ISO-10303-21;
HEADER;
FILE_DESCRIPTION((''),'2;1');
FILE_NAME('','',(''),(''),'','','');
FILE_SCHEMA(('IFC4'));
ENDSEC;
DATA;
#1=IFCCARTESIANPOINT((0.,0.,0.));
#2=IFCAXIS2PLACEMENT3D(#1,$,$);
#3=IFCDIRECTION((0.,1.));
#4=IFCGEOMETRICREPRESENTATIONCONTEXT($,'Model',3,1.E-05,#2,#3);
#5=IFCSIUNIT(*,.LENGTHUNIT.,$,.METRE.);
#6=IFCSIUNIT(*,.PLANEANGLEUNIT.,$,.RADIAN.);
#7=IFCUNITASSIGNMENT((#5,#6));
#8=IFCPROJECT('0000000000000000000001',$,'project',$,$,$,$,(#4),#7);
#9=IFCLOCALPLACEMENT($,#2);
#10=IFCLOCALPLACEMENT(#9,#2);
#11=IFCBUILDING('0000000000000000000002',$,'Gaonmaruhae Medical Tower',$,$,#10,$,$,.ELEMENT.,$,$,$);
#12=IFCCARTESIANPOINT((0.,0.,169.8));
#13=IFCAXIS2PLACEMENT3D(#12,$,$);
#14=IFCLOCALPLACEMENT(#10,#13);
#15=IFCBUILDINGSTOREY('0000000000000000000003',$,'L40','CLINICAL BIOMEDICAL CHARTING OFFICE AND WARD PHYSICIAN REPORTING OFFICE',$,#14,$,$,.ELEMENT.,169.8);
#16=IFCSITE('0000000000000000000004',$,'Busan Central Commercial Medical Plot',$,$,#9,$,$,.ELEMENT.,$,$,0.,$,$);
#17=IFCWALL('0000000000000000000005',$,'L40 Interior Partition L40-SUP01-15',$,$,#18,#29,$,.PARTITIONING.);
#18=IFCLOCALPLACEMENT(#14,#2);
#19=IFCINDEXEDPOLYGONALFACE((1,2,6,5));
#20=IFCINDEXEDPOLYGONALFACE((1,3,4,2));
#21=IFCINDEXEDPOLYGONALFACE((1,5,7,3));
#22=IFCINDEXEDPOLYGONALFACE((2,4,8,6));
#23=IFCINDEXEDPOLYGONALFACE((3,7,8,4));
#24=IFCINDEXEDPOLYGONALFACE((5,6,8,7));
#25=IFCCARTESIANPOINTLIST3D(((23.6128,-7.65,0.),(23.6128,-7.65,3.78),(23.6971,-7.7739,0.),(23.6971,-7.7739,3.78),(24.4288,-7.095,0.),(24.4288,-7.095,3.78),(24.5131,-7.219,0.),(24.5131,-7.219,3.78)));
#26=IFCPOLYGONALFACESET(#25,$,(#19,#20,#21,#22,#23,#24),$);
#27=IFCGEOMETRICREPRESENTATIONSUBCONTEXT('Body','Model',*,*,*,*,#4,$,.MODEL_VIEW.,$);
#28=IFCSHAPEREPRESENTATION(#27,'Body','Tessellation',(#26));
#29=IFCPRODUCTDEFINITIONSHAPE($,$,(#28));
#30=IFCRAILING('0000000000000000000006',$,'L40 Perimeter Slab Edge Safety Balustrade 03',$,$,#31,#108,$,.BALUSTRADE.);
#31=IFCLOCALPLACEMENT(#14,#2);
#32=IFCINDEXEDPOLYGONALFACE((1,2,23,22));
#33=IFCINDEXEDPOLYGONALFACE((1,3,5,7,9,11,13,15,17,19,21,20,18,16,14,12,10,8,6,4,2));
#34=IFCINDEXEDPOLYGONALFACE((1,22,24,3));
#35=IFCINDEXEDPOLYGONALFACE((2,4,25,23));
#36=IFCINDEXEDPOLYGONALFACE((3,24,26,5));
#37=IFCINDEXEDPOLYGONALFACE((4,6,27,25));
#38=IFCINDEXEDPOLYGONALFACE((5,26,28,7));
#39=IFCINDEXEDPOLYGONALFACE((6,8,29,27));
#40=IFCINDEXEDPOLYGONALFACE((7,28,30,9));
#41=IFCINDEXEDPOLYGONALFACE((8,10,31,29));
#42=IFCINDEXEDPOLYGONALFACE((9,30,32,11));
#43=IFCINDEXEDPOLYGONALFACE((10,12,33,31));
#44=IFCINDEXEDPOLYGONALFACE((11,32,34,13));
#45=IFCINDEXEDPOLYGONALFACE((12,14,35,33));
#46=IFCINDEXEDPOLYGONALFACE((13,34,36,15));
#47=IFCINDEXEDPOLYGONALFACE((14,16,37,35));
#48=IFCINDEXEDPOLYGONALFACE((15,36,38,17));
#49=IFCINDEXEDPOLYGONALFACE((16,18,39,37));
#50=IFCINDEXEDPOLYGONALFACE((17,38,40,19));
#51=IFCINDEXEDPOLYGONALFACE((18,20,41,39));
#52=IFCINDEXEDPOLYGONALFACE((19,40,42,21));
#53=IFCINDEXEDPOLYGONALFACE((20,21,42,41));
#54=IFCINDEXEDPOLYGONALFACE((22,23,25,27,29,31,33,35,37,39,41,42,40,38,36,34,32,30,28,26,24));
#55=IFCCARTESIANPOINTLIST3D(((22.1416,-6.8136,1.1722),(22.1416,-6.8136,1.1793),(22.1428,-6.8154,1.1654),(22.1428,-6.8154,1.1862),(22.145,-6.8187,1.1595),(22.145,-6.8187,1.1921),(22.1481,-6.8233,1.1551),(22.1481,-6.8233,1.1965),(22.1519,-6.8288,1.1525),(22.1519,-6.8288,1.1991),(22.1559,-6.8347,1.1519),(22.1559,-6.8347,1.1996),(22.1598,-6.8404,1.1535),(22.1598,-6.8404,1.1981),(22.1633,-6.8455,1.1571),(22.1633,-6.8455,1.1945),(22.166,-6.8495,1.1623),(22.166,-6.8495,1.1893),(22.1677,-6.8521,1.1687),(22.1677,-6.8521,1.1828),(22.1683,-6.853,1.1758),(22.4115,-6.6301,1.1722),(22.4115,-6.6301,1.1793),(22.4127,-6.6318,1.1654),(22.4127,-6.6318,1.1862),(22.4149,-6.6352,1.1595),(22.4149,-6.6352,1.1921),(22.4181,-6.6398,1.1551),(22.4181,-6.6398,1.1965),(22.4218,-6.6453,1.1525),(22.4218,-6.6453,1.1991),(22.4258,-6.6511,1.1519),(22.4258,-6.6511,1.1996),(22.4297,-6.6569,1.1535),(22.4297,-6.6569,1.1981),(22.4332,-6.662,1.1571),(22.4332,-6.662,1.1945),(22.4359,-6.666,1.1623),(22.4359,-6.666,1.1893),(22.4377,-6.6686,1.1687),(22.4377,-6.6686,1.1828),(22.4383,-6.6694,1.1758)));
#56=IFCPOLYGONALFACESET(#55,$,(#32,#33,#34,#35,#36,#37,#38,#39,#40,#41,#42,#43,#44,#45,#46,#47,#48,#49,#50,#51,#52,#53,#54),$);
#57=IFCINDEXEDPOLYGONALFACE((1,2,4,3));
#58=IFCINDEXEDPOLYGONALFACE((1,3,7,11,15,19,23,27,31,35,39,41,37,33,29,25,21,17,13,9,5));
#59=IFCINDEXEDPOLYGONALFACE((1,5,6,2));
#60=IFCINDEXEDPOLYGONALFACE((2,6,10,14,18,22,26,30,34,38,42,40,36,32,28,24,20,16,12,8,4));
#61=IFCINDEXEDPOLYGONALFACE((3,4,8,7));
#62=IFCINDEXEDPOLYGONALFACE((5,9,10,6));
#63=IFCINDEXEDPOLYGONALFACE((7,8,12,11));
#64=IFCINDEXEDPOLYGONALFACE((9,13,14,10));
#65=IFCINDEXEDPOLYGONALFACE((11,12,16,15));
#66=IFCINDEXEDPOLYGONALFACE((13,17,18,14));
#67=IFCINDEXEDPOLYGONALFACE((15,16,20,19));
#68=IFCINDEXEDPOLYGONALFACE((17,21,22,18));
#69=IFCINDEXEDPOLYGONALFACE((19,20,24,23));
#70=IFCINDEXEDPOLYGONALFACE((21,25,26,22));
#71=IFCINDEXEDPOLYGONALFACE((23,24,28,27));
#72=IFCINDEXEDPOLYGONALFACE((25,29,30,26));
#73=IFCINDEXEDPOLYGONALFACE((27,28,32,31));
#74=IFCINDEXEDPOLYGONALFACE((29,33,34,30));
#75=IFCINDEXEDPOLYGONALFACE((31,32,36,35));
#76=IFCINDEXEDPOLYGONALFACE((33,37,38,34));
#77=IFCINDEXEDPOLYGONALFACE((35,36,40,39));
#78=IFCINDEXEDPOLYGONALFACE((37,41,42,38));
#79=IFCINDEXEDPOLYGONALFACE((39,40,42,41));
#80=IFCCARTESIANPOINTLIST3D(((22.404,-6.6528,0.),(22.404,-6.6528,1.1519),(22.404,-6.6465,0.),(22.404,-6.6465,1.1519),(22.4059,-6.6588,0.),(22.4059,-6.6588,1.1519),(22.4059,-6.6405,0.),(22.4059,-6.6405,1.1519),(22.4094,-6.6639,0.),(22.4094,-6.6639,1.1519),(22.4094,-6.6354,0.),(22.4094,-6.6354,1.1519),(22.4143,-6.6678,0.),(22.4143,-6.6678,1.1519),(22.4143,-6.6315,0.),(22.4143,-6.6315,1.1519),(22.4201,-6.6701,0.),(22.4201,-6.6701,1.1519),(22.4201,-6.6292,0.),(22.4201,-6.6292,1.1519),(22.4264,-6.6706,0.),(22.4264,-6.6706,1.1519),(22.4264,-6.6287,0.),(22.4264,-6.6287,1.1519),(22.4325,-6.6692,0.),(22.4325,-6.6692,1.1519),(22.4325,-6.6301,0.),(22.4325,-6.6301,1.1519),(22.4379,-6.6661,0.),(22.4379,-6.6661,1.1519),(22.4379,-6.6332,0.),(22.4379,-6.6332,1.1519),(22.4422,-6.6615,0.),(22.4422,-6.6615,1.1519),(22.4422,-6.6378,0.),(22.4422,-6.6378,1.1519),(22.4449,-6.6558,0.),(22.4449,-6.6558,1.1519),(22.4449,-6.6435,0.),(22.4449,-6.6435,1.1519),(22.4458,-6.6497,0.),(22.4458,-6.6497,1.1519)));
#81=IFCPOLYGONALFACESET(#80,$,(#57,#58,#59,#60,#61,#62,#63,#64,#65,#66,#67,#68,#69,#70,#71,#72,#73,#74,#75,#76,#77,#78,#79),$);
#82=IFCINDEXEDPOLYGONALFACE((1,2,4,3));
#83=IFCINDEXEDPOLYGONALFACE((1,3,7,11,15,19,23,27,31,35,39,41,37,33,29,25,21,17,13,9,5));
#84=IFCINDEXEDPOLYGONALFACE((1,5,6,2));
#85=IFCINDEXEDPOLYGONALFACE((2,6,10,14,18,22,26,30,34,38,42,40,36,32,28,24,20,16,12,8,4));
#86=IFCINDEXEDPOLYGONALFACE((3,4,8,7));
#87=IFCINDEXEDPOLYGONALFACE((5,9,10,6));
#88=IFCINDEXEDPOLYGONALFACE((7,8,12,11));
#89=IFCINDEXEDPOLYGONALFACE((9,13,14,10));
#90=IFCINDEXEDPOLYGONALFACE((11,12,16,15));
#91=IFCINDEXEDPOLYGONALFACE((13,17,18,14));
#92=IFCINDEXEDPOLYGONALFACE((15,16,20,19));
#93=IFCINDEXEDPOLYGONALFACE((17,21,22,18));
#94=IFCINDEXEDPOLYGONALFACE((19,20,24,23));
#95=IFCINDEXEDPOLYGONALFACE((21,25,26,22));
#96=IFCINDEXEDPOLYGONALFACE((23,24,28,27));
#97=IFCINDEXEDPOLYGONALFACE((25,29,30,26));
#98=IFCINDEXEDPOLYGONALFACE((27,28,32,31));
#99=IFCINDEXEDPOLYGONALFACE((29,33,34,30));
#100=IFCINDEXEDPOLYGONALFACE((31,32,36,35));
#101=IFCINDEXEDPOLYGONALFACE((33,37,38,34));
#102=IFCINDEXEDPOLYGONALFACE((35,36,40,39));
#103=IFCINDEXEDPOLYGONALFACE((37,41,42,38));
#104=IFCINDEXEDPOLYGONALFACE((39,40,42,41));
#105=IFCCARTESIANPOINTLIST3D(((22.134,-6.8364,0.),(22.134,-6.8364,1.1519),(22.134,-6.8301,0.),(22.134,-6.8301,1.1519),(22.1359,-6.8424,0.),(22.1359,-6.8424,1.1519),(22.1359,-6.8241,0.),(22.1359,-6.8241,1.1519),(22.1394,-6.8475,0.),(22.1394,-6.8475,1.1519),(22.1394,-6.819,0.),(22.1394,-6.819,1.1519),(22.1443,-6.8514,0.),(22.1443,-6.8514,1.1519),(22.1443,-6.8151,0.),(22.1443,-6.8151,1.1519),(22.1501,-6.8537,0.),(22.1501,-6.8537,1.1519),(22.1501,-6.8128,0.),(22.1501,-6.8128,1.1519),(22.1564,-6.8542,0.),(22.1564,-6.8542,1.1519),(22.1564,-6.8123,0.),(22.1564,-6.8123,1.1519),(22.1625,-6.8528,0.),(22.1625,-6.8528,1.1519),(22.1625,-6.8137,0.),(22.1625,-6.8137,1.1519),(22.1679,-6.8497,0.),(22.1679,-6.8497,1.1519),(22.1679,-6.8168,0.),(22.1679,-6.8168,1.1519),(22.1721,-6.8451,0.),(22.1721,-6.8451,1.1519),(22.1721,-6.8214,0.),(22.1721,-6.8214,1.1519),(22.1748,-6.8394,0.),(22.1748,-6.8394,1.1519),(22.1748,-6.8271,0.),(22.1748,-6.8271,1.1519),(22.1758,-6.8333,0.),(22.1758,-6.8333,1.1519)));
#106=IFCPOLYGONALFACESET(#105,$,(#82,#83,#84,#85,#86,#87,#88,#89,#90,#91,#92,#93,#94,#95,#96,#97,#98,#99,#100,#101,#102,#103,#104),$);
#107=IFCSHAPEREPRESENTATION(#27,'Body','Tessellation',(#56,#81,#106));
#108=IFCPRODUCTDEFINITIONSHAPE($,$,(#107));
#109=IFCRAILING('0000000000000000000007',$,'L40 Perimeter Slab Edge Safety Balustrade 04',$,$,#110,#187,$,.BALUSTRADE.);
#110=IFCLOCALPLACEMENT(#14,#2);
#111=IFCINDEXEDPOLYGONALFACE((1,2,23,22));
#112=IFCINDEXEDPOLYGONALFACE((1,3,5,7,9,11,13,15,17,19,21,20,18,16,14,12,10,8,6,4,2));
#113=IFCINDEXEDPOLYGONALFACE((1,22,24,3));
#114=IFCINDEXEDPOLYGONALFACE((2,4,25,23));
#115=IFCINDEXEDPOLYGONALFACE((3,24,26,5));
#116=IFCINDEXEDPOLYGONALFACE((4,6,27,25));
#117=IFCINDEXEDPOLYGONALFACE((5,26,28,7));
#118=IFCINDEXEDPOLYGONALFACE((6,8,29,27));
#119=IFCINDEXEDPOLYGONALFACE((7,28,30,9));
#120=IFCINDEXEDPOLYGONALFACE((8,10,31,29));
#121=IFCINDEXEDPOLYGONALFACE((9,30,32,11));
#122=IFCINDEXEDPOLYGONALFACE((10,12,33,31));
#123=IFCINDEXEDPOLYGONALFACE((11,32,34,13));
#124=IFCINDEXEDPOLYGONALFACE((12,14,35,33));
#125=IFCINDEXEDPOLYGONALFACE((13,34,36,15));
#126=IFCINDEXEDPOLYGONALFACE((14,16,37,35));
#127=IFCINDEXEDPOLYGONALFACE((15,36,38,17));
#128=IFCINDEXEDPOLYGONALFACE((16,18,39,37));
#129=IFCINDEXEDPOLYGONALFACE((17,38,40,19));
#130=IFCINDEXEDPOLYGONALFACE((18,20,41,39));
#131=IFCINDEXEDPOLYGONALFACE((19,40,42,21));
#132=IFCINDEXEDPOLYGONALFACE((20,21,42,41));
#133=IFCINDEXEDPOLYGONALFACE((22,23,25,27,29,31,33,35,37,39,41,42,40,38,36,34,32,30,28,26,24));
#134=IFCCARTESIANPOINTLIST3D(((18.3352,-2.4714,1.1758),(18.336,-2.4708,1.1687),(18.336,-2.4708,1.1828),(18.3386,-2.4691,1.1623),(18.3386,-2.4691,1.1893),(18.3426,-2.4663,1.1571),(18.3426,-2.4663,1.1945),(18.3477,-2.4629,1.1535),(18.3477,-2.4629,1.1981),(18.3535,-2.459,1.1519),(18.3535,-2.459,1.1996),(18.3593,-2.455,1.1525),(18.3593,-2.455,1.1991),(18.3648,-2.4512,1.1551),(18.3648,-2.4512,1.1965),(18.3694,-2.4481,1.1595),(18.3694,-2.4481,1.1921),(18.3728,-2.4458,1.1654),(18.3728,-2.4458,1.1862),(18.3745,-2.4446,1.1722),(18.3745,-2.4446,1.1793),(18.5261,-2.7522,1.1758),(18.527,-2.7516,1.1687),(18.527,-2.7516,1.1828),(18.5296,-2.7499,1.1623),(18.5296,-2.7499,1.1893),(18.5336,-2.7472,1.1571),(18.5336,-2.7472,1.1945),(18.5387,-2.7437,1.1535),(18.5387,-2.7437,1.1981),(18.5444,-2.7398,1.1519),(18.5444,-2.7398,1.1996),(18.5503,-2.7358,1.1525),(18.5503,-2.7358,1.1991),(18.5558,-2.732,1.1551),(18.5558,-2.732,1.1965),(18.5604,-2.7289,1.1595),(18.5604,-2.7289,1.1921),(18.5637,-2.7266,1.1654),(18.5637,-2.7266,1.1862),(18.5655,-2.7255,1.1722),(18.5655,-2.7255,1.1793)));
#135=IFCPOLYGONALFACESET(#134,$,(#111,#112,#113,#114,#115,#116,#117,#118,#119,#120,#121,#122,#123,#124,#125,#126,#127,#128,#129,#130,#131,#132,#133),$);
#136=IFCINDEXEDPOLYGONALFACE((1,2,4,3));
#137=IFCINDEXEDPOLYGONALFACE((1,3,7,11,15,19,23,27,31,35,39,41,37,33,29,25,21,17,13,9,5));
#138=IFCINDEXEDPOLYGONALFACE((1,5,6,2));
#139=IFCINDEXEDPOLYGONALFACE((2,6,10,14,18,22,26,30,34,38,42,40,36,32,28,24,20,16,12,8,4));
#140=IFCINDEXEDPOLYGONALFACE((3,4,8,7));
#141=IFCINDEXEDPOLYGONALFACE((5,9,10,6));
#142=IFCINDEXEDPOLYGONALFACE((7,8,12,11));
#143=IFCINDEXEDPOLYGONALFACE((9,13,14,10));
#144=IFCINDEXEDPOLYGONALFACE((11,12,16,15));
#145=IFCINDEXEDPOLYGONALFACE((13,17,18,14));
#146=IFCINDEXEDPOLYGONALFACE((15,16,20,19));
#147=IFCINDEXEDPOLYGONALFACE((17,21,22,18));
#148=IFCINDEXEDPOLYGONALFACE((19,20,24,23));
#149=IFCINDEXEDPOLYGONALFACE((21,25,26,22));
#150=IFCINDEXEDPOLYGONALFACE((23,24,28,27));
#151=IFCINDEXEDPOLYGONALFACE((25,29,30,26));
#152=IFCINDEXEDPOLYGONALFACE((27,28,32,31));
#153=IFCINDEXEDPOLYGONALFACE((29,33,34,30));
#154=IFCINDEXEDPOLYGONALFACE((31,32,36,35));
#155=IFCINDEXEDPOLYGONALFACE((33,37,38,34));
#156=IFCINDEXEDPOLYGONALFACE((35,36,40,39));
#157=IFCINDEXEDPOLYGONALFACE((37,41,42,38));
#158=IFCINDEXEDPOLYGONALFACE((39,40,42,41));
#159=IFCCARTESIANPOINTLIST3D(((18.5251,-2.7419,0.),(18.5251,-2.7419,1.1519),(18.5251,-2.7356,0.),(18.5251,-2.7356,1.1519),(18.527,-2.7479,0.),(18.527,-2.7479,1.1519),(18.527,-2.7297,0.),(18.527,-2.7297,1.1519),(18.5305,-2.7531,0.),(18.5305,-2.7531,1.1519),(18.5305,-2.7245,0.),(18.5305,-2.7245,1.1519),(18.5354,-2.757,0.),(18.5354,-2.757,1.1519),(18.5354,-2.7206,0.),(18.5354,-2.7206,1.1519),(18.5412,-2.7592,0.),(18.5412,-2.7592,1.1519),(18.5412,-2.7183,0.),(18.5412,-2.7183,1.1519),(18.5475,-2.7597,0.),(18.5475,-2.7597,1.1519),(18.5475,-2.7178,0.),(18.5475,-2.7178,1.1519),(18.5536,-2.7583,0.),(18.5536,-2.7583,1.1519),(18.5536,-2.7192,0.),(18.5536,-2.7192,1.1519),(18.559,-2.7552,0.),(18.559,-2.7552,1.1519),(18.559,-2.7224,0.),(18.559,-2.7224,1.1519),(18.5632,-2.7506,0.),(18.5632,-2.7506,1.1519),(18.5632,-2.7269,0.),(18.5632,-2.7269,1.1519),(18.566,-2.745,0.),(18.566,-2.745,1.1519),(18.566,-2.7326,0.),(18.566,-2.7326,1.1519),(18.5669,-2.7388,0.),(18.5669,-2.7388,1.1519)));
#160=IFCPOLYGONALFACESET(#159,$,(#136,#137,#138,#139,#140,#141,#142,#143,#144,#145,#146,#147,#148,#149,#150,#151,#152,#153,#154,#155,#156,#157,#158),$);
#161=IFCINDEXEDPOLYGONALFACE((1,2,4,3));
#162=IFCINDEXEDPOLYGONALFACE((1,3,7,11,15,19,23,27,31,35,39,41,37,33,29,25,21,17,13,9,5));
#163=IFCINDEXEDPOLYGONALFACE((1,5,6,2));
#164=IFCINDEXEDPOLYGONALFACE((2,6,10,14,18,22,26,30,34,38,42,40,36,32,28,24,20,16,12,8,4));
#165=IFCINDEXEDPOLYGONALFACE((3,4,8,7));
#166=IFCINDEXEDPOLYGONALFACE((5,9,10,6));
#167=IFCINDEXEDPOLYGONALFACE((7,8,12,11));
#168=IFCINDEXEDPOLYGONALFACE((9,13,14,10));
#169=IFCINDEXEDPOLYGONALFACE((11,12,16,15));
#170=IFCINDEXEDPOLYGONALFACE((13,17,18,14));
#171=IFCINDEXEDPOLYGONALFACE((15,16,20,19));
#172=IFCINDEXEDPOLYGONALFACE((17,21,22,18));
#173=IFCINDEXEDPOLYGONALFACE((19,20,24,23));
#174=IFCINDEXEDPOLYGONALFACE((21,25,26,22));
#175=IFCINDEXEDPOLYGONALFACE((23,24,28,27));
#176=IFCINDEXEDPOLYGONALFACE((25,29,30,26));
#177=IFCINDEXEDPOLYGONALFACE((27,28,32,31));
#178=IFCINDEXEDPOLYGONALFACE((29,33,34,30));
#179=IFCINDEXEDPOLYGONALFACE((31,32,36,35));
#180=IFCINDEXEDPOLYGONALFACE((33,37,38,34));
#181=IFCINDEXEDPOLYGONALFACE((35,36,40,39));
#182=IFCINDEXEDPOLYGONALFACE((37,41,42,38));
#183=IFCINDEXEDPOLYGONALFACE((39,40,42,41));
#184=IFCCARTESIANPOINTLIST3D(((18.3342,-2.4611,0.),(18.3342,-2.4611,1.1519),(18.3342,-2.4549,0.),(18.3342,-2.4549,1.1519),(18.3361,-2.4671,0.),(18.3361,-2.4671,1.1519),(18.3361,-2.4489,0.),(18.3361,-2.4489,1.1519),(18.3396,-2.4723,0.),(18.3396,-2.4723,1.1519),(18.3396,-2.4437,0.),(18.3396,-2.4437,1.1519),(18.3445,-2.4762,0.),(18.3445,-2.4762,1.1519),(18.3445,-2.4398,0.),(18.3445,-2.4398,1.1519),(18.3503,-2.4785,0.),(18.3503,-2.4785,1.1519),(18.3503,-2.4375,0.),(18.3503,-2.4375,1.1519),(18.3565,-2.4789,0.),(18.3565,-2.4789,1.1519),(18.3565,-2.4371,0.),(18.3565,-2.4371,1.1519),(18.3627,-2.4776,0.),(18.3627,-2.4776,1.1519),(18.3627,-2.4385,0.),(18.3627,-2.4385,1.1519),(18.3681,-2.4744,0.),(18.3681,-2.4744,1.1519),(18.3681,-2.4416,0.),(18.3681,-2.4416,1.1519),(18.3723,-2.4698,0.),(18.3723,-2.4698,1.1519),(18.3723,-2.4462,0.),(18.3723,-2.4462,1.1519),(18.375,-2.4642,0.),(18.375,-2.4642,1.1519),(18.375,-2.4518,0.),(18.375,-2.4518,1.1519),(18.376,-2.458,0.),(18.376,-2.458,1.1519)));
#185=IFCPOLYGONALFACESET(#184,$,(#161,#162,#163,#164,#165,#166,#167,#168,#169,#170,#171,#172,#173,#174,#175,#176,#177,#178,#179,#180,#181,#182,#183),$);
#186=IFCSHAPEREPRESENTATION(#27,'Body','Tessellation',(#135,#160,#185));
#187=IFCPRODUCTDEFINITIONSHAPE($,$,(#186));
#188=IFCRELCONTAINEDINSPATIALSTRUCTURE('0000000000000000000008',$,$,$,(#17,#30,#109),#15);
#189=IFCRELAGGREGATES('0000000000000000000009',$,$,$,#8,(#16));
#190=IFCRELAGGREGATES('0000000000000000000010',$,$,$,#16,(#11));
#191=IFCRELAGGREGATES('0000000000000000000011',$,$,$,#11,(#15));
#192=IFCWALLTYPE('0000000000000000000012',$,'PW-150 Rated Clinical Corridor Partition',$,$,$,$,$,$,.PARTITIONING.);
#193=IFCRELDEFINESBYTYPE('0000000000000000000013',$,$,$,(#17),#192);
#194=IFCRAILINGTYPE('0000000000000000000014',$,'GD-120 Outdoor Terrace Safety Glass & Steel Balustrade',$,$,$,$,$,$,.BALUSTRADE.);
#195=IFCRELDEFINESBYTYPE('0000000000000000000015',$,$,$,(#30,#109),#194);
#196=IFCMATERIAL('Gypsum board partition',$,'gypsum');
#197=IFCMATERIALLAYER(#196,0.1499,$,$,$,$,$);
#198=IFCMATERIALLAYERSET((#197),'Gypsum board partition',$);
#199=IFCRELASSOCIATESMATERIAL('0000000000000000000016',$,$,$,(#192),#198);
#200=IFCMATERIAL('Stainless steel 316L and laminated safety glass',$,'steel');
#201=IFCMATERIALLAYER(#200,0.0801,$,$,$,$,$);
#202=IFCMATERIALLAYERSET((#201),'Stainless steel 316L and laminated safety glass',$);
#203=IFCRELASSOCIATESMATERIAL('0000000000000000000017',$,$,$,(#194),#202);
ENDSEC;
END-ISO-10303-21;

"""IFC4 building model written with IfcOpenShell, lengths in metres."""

from ifc_helpers import new_model, si_unit, direction, frame, frame_2d, origin, origin_2d, place, context, subcontext, project, spatial, rectangle, circle, extrude, material, layer, layer_set, type_object, element, save


model = new_model("IFC4")

# Units and contexts
model_context = context("Model", 3, precision=1e-05, world=origin(), true_north=direction((0.0, 1.0)))
body_context = subcontext(model_context, "Body", "Model", "MODEL_VIEW")
ifc_project = project(units=[si_unit("LENGTHUNIT", "METRE"), si_unit("PLANEANGLEUNIT", "RADIAN")], contexts=[model_context])

# Site, building, storey
site_placement = place(None, origin())
site = spatial("IfcSite", under=ifc_project, at=site_placement, Name="Busan Central Commercial Medical Plot", CompositionType="ELEMENT", RefElevation=0.0)
building_placement = place(site_placement, origin())
building = spatial("IfcBuilding", under=site, at=building_placement, Name="Gaonmaruhae Medical Tower", CompositionType="ELEMENT")
storey_placement = place(building_placement, frame((0.0, 0.0, 169.8)))
storey = spatial("IfcBuildingStorey", under=building, at=storey_placement, Name="L40", Description="CLINICAL BIOMEDICAL CHARTING OFFICE AND WARD PHYSICIAN REPORTING OFFICE", CompositionType="ELEMENT", Elevation=169.8)

# Wall
ifc_material_1 = material(Name="Gypsum board partition", Category="gypsum")
ifc_layer_1 = layer(ifc_material_1, 0.1499)
ifc_layer_set_1 = layer_set([ifc_layer_1], Name="Gypsum board partition")
wall_type_1 = type_object("IfcWallType", Name="PW-150 Rated Clinical Corridor Partition", PredefinedType="PARTITIONING", material=ifc_layer_set_1)
wall_1_placement = place(storey_placement, frame((24.4709, -7.157, 0.0), z_axis=(0.0, 0.0, 1.0), x_axis=(-0.826876, -0.562384, 0.0)))
element("IfcWall", 1, at=wall_1_placement, inside=storey, type_object=wall_type_1, Name="L40 Interior Partition L40-SUP01-15", PredefinedType="PARTITIONING", context=body_context, shape_type="SweptSolid", body=[
    extrude(rectangle(XDim=0.9868, YDim=0.1499, at=frame_2d((0.4934, 0.0))), origin(), (0.0, 0.0, 1.0), 3.78),
])

# Railings
ifc_material_2 = material(Name="Stainless steel 316L and laminated safety glass", Category="steel")
ifc_layer_2 = layer(ifc_material_2, 0.0801)
ifc_layer_set_2 = layer_set([ifc_layer_2], Name="Stainless steel 316L and laminated safety glass")
railing_type = type_object("IfcRailingType", Name="GD-120 Outdoor Terrace Safety Glass & Steel Balustrade", PredefinedType="BALUSTRADE", material=ifc_layer_set_2)
railing_1_placement = place(storey_placement, frame((22.4248, -6.6497, 0.0)))
element("IfcRailing", 2, at=railing_1_placement, inside=storey, type_object=railing_type, Name="L40 Perimeter Slab Edge Safety Balustrade 03", PredefinedType="BALUSTRADE", context=body_context, shape_type="SweptSolid", body=[
    extrude(circle(Radius=0.0239, at=origin_2d()), frame((0.0, 0.0, 1.1758), z_axis=(-0.826954, -0.562269, 0.0), x_axis=(0.562269, -0.826954, 0.0)), (0.0, 0.0, 1.0), 0.3264),
    extrude(circle(Radius=0.021, at=origin_2d()), origin(), (0.0, 0.0, 1.0), 1.1519),
    extrude(circle(Radius=0.021, at=origin_2d()), frame((-0.27, -0.1836, 0.0)), (0.0, 0.0, 1.0), 1.1519),
])
railing_2_placement = place(storey_placement, frame((18.5459, -2.7388, 0.0)))
element("IfcRailing", 3, at=railing_2_placement, inside=storey, type_object=railing_type, Name="L40 Perimeter Slab Edge Safety Balustrade 04", PredefinedType="BALUSTRADE", context=body_context, shape_type="SweptSolid", body=[
    extrude(circle(Radius=0.0239, at=origin_2d()), frame((0.0, 0.0, 1.1758), z_axis=(-0.56231, 0.826927, 0.0), x_axis=(-0.826927, -0.56231, 0.0)), (0.0, 0.0, 1.0), 0.3396),
    extrude(circle(Radius=0.021, at=origin_2d()), origin(), (0.0, 0.0, 1.0), 1.1519),
    extrude(circle(Radius=0.021, at=origin_2d()), frame((-0.1909, 0.2808, 0.0)), (0.0, 0.0, 1.0), 1.1519),
])

save(model, "model.ifc")
